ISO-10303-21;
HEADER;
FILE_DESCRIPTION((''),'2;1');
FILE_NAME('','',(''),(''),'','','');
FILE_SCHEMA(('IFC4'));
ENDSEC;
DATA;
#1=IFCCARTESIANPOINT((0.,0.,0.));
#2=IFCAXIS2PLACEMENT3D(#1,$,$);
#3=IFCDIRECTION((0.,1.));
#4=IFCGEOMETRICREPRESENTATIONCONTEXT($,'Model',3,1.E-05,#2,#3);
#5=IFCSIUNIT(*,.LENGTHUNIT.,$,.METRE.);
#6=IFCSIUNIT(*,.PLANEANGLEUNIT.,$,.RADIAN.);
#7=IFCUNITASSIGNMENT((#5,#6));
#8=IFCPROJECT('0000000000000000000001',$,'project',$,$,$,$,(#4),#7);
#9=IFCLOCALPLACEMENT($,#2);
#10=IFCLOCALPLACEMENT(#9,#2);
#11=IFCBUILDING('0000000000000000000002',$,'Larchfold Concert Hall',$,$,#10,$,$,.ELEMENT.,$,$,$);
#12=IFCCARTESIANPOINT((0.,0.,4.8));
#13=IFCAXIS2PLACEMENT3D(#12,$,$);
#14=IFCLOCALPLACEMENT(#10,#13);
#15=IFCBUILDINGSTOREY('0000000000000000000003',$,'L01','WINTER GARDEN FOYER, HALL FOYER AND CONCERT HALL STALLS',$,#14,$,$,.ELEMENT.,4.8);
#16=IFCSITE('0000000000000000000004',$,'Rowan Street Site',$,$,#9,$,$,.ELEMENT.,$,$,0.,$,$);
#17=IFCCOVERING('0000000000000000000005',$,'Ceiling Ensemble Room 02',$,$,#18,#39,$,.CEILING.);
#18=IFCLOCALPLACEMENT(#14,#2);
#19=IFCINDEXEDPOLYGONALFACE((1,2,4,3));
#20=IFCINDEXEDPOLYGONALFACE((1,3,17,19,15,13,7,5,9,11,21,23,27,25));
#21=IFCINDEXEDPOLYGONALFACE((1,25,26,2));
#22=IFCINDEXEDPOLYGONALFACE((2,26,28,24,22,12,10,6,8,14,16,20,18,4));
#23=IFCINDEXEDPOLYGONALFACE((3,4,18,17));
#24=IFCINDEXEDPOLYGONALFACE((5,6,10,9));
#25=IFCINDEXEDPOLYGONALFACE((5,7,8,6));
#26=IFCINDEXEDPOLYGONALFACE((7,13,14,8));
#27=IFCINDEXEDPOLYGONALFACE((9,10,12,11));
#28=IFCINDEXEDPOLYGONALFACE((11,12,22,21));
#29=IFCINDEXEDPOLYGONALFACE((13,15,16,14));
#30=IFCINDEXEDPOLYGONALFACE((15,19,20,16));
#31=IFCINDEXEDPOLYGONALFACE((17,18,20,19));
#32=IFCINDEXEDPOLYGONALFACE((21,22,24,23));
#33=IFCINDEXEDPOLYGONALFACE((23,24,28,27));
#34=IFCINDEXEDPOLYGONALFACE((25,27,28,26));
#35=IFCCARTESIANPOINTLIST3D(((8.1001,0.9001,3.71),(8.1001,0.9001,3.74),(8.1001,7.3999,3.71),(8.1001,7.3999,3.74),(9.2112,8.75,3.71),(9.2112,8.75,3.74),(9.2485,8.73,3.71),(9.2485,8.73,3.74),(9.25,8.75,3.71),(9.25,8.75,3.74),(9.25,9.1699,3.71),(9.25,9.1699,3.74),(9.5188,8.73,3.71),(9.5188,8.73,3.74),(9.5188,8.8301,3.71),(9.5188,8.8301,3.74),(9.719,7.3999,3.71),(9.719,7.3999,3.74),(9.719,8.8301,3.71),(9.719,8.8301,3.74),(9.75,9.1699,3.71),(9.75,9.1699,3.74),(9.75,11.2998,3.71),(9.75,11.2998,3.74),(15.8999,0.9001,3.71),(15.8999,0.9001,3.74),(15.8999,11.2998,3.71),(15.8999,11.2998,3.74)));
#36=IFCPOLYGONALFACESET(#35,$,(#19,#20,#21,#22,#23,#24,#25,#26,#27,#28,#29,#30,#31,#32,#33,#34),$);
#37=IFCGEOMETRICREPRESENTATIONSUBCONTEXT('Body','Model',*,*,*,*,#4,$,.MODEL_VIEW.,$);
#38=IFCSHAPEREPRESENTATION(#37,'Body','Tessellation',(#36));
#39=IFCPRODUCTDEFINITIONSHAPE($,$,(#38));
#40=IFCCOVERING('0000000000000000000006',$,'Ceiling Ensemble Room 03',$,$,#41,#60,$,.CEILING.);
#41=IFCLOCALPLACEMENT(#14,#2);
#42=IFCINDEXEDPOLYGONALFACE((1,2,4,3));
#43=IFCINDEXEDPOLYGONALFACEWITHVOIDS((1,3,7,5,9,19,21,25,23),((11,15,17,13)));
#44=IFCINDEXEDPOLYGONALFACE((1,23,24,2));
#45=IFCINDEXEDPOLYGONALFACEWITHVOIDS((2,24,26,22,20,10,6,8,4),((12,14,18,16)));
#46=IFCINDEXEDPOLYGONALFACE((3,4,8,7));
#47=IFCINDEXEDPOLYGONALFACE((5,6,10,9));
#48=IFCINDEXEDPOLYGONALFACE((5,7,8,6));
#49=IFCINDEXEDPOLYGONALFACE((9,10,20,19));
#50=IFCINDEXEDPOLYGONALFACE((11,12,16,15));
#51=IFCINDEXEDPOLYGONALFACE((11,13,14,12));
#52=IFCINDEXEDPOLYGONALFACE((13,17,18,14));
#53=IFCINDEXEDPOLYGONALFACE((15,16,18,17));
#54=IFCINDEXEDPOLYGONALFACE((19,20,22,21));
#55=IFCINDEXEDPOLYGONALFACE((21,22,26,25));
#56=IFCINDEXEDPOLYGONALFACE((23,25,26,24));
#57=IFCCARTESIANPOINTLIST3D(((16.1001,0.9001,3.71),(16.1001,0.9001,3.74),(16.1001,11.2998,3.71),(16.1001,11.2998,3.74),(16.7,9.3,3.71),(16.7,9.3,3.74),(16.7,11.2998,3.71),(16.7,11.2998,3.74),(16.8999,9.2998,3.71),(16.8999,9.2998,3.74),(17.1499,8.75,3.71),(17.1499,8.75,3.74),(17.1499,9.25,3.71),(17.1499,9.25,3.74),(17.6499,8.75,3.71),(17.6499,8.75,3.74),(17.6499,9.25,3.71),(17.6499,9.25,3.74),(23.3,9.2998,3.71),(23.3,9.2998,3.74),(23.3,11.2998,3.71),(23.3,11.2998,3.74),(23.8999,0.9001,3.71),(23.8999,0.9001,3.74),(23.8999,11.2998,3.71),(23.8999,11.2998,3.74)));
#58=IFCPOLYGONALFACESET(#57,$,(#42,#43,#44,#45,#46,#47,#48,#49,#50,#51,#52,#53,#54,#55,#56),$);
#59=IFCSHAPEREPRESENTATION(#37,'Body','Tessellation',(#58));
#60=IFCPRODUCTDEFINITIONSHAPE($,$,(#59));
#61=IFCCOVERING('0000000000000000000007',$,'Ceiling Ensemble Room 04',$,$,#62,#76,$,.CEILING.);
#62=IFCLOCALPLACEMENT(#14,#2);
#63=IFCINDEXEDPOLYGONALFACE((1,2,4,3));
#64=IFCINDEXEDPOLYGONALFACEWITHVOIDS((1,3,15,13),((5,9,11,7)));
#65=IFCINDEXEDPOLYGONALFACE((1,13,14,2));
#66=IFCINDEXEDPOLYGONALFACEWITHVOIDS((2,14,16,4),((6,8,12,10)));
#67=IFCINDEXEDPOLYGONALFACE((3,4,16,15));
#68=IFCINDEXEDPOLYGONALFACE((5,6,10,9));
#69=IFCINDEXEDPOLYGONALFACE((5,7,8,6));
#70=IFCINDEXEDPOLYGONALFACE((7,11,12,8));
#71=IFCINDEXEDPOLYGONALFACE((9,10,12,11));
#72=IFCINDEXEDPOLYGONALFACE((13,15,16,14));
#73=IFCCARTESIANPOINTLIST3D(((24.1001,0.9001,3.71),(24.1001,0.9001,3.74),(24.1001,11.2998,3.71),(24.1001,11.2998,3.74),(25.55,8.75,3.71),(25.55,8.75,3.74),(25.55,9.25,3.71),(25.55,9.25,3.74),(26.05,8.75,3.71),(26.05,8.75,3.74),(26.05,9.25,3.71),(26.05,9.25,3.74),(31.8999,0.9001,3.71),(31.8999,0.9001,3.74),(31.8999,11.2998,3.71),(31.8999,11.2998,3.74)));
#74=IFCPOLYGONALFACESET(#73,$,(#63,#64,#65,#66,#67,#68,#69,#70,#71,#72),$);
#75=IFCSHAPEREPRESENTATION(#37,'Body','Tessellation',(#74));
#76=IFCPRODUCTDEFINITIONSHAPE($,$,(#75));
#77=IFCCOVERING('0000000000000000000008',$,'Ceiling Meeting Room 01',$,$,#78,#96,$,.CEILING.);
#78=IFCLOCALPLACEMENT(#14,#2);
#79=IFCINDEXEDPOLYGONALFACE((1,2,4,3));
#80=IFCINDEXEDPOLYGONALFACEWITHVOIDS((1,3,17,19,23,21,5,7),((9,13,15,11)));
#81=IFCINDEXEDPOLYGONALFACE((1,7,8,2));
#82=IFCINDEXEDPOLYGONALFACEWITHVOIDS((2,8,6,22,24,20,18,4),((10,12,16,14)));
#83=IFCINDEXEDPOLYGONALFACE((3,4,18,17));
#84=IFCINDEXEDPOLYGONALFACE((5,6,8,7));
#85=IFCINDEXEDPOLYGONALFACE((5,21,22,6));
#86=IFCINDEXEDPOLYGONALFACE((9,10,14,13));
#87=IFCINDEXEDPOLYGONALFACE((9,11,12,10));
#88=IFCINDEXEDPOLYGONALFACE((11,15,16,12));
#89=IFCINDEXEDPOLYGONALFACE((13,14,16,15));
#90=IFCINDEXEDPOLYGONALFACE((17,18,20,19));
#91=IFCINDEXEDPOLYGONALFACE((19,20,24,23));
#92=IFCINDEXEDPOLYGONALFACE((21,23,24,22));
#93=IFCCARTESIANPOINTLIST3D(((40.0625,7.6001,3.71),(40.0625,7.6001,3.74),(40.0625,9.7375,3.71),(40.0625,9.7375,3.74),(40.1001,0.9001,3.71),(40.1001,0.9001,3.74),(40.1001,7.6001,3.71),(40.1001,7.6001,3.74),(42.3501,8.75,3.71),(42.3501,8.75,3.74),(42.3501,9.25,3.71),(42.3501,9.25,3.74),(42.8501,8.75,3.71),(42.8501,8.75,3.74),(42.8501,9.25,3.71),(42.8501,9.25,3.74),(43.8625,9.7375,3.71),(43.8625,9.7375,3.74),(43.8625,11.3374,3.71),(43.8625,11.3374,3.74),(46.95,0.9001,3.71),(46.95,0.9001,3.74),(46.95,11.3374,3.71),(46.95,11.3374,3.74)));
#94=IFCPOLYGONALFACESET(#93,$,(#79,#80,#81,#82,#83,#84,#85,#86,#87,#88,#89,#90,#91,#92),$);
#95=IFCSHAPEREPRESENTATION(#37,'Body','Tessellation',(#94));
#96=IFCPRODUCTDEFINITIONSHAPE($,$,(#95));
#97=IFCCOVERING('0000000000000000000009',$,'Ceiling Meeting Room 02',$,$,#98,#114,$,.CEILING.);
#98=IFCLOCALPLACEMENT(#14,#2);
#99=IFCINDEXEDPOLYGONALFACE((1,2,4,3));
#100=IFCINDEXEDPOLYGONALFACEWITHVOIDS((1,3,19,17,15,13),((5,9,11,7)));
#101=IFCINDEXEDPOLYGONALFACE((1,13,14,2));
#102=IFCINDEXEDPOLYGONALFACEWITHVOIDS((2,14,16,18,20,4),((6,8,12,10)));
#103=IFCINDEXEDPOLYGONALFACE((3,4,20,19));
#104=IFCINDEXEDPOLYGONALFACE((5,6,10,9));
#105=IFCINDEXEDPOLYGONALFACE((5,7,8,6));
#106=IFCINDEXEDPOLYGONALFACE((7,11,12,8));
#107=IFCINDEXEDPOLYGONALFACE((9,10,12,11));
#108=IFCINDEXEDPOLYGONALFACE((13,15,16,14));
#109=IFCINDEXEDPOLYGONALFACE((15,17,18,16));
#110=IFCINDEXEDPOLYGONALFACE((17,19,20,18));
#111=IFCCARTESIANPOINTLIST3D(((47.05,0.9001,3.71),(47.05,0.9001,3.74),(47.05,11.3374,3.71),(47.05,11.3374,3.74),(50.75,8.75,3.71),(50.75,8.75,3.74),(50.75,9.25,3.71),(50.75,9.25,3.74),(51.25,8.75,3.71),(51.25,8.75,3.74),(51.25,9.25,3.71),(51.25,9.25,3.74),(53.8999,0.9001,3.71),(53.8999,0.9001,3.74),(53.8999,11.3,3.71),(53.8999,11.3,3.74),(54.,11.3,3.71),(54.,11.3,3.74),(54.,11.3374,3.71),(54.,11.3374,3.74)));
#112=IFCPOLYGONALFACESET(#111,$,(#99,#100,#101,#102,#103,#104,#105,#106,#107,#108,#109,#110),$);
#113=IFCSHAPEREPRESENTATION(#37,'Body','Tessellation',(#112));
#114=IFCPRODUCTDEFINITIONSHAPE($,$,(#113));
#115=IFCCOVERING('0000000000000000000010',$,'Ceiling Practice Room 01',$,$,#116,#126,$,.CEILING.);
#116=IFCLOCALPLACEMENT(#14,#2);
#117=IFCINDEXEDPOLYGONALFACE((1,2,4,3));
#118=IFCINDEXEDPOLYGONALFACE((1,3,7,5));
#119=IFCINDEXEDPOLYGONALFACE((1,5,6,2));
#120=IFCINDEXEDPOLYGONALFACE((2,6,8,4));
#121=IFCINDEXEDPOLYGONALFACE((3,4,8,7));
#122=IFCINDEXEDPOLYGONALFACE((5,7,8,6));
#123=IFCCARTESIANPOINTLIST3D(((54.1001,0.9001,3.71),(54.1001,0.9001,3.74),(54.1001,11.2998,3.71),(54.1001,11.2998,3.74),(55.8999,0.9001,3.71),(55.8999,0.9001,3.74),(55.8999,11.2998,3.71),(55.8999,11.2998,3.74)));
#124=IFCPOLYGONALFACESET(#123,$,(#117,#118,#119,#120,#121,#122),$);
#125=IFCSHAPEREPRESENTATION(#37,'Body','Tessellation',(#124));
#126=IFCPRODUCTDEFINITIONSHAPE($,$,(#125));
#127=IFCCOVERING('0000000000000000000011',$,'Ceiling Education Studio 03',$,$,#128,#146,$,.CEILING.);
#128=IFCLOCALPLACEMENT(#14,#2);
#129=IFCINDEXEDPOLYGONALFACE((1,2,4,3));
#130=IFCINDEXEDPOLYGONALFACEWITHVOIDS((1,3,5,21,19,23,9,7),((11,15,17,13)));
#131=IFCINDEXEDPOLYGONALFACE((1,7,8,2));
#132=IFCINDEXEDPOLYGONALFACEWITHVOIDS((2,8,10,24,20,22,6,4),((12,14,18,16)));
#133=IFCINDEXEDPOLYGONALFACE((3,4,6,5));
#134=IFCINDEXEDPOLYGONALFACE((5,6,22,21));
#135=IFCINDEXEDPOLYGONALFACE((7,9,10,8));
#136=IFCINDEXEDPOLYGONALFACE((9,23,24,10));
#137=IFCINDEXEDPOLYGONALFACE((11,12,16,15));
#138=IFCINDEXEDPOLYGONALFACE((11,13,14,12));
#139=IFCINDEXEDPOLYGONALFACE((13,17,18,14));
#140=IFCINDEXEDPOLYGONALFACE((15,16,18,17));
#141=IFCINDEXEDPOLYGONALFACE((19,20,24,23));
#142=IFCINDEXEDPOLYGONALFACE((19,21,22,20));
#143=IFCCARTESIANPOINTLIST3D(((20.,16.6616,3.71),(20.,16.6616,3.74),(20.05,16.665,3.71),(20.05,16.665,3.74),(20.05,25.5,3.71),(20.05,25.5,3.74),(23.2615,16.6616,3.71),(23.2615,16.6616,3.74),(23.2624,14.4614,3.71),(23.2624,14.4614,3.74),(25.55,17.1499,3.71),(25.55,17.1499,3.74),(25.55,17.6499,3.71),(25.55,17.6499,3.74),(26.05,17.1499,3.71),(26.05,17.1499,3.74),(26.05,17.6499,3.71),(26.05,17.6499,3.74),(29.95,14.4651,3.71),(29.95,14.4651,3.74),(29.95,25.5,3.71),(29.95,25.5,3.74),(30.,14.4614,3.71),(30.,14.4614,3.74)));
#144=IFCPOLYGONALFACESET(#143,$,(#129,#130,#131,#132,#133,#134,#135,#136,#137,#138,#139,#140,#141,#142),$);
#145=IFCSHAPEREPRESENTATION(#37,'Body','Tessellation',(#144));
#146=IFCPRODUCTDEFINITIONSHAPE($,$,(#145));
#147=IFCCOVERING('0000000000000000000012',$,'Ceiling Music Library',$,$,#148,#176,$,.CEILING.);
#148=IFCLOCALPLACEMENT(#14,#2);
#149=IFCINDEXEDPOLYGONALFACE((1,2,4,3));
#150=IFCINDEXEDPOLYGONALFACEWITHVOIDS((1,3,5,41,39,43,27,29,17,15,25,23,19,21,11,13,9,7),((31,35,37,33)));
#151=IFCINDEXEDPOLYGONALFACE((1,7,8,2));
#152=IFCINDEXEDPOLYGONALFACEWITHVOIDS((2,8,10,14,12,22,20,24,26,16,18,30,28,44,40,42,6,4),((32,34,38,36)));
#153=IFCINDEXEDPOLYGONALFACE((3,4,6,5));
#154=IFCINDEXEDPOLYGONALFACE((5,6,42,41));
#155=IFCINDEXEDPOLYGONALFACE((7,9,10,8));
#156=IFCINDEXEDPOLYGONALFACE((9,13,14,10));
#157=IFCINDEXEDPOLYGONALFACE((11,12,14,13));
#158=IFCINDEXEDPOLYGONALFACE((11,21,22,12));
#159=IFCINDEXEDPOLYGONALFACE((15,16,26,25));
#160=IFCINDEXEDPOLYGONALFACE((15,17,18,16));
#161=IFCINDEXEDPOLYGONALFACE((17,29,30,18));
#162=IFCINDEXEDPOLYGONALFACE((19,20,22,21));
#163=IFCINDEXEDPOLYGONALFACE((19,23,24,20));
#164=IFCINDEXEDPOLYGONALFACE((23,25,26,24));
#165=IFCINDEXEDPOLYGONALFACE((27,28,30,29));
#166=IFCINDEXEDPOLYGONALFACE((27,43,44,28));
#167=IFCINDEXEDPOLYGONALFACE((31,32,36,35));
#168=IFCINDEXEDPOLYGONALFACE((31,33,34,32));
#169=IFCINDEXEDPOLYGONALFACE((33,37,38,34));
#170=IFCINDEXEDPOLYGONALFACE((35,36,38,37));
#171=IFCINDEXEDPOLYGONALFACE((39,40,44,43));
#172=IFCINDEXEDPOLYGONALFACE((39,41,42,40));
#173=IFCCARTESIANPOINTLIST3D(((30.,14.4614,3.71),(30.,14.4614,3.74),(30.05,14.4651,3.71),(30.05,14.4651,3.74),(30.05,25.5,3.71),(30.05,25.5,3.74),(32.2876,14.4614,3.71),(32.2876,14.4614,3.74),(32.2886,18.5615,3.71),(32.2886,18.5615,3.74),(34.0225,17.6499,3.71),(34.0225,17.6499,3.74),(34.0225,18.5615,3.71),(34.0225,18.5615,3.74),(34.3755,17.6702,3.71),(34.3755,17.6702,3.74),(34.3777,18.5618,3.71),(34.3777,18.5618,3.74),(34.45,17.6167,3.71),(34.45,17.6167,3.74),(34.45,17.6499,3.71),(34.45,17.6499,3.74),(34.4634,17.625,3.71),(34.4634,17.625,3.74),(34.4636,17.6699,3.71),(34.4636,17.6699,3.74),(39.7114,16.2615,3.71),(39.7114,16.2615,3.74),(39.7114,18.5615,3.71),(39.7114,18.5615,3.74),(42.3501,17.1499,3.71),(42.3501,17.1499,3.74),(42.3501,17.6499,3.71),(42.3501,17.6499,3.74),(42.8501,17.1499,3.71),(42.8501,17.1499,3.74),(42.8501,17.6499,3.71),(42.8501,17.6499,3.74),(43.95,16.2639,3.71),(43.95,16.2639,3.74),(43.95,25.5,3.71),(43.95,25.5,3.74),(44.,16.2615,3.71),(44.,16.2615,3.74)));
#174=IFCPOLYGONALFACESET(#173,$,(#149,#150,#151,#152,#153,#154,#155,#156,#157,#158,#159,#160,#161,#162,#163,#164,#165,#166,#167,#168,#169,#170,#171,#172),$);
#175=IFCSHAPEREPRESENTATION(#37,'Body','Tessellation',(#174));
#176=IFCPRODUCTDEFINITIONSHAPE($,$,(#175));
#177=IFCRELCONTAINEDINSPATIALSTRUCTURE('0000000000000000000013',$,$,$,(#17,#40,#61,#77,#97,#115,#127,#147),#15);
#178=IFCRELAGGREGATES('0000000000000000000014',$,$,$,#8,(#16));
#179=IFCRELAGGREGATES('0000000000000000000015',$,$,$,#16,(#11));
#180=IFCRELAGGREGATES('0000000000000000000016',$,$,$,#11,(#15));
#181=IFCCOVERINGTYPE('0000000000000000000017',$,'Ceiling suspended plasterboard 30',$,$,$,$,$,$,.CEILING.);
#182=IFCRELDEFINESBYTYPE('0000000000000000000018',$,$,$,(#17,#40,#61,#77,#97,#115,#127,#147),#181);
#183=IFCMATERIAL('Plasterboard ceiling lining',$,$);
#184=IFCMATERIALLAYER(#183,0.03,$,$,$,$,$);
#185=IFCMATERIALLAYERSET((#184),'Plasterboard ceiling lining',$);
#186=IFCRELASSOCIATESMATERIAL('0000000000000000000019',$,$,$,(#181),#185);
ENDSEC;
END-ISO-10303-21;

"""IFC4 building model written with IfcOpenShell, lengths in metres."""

from ifc_helpers import new_model, si_unit, direction, frame, origin, place, context, subcontext, project, spatial, polyline, outline, extrude, material, layer, layer_set, type_object, element, save


model = new_model("IFC4")

# Units and contexts
model_context = context("Model", 3, precision=1e-05, world=origin(), true_north=direction((0.0, 1.0)))
body_context = subcontext(model_context, "Body", "Model", "MODEL_VIEW")
ifc_project = project(units=[si_unit("LENGTHUNIT", "METRE"), si_unit("PLANEANGLEUNIT", "RADIAN")], contexts=[model_context])

# Site, building, storey
site_placement = place(None, origin())
site = spatial("IfcSite", under=ifc_project, at=site_placement, Name="Rowan Street Site", CompositionType="ELEMENT", RefElevation=0.0)
building_placement = place(site_placement, origin())
building = spatial("IfcBuilding", under=site, at=building_placement, Name="Larchfold Concert Hall", CompositionType="ELEMENT")
storey_placement = place(building_placement, frame((0.0, 0.0, 4.8)))
storey = spatial("IfcBuildingStorey", under=building, at=storey_placement, Name="L01", Description="WINTER GARDEN FOYER, HALL FOYER AND CONCERT HALL STALLS", CompositionType="ELEMENT", Elevation=4.8)

# Coverings
ifc_material_1 = material(Name="Plasterboard ceiling lining")
ifc_layer_1 = layer(ifc_material_1, 0.03)
ifc_layer_set_1 = layer_set([ifc_layer_1], Name="Plasterboard ceiling lining")
covering_type_1 = type_object("IfcCoveringType", Name="Ceiling suspended plasterboard 30", PredefinedType="CEILING", material=ifc_layer_set_1)
covering_1_placement = place(storey_placement, frame((0.0, 0.0, 3.71)))
element("IfcCovering", 1, at=covering_1_placement, inside=storey, type_object=covering_type_1, Name="Ceiling Ensemble Room 02", PredefinedType="CEILING", context=body_context, shape_type="SweptSolid", body=[
    extrude(outline(polyline([(8.1001, 7.3999), (8.1001, 0.9001), (15.8999, 0.9001), (15.8999, 11.2998), (9.75, 11.2998), (9.75, 9.1699), (9.25, 9.1699), (9.25, 8.75), (9.2112, 8.75), (9.2485, 8.73), (9.5188, 8.73), (9.5188, 8.8301), (9.719, 8.8301), (9.719, 7.3999), (8.1001, 7.3999)])), origin(), (0.0, 0.0, 1.0), 0.03),
])
covering_2_placement = place(storey_placement, frame((0.0, 0.0, 3.71)))
element("IfcCovering", 2, at=covering_2_placement, inside=storey, type_object=covering_type_1, Name="Ceiling Ensemble Room 03", PredefinedType="CEILING", context=body_context, shape_type="SweptSolid", body=[
    extrude(outline(polyline([(16.1001, 11.2998), (16.1001, 0.9001), (23.8999, 0.9001), (23.8999, 11.2998), (23.3, 11.2998), (23.3, 9.2998), (16.8999, 9.2998), (16.7, 9.3), (16.7, 11.2998), (16.1001, 11.2998)]), holes=[polyline([(17.6499, 9.25), (17.6499, 8.75), (17.1499, 8.75), (17.1499, 9.25), (17.6499, 9.25)])]), origin(), (0.0, 0.0, 1.0), 0.03),
])
covering_3_placement = place(storey_placement, frame((0.0, 0.0, 3.71)))
element("IfcCovering", 3, at=covering_3_placement, inside=storey, type_object=covering_type_1, Name="Ceiling Ensemble Room 04", PredefinedType="CEILING", context=body_context, shape_type="SweptSolid", body=[
    extrude(outline(polyline([(24.1001, 11.2998), (24.1001, 0.9001), (31.8999, 0.9001), (31.8999, 11.2998), (24.1001, 11.2998)]), holes=[polyline([(25.55, 8.75), (25.55, 9.25), (26.05, 9.25), (26.05, 8.75), (25.55, 8.75)])]), origin(), (0.0, 0.0, 1.0), 0.03),
])
covering_4_placement = place(storey_placement, frame((0.0, 0.0, 3.71)))
element("IfcCovering", 4, at=covering_4_placement, inside=storey, type_object=covering_type_1, Name="Ceiling Meeting Room 01", PredefinedType="CEILING", context=body_context, shape_type="SweptSolid", body=[
    extrude(outline(polyline([(40.1001, 0.9001), (46.95, 0.9001), (46.95, 11.3374), (43.8625, 11.3374), (43.8625, 9.7375), (40.0625, 9.7375), (40.0625, 7.6001), (40.1001, 7.6001), (40.1001, 0.9001)]), holes=[polyline([(42.8501, 8.75), (42.3501, 8.75), (42.3501, 9.25), (42.8501, 9.25), (42.8501, 8.75)])]), origin(), (0.0, 0.0, 1.0), 0.03),
])
covering_5_placement = place(storey_placement, frame((0.0, 0.0, 3.71)))
element("IfcCovering", 5, at=covering_5_placement, inside=storey, type_object=covering_type_1, Name="Ceiling Meeting Room 02", PredefinedType="CEILING", context=body_context, shape_type="SweptSolid", body=[
    extrude(outline(polyline([(54.0, 11.3), (54.0, 11.3374), (47.05, 11.3374), (47.05, 0.9001), (53.8999, 0.9001), (53.8999, 11.3), (54.0, 11.3)]), holes=[polyline([(50.75, 8.75), (50.75, 9.25), (51.25, 9.25), (51.25, 8.75), (50.75, 8.75)])]), origin(), (0.0, 0.0, 1.0), 0.03),
])
covering_6_placement = place(storey_placement, frame((0.0, 0.0, 3.71)))
element("IfcCovering", 6, at=covering_6_placement, inside=storey, type_object=covering_type_1, Name="Ceiling Practice Room 01", PredefinedType="CEILING", context=body_context, shape_type="SweptSolid", body=[
    extrude(outline(polyline([(54.1001, 0.9001), (55.8999, 0.9001), (55.8999, 11.2998), (54.1001, 11.2998), (54.1001, 0.9001)])), origin(), (0.0, 0.0, 1.0), 0.03),
])
covering_7_placement = place(storey_placement, frame((0.0, 0.0, 3.71)))
element("IfcCovering", 7, at=covering_7_placement, inside=storey, type_object=covering_type_1, Name="Ceiling Education Studio 03", PredefinedType="CEILING", context=body_context, shape_type="SweptSolid", body=[
    extrude(outline(polyline([(20.0, 16.6616), (23.2615, 16.6616), (23.2625, 14.3999), (23.2625, 14.4614), (30.0, 14.4614), (29.95, 14.4651), (29.95, 25.5), (20.05, 25.5), (20.05, 16.665), (20.0, 16.6616)]), holes=[polyline([(25.55, 17.6499), (26.05, 17.6499), (26.05, 17.1499), (25.55, 17.1499), (25.55, 17.6499)])]), origin(), (0.0, 0.0, 1.0), 0.03),
])
covering_8_placement = place(storey_placement, frame((0.0, 0.0, 3.71)))
element("IfcCovering", 8, at=covering_8_placement, inside=storey, type_object=covering_type_1, Name="Ceiling Music Library", PredefinedType="CEILING", context=body_context, shape_type="SweptSolid", body=[
    extrude(outline(polyline([(30.0, 14.4614), (32.2876, 14.4614), (32.2886, 18.5615), (34.0225, 18.5615), (34.0225, 17.6499), (34.45, 17.6499), (34.45, 17.6167), (34.4634, 17.625), (34.4636, 17.6699), (34.3755, 17.6702), (34.3777, 18.5618), (39.7114, 18.5615), (39.7114, 16.2615), (44.0, 16.2615), (43.95, 16.2639), (43.95, 25.5), (30.05, 25.5), (30.05, 14.4651), (30.0, 14.4614)]), holes=[polyline([(42.8501, 17.6499), (42.8501, 17.1499), (42.3501, 17.1499), (42.3501, 17.6499), (42.8501, 17.6499)])]), origin(), (0.0, 0.0, 1.0), 0.03),
])

save(model, "model.ifc")
